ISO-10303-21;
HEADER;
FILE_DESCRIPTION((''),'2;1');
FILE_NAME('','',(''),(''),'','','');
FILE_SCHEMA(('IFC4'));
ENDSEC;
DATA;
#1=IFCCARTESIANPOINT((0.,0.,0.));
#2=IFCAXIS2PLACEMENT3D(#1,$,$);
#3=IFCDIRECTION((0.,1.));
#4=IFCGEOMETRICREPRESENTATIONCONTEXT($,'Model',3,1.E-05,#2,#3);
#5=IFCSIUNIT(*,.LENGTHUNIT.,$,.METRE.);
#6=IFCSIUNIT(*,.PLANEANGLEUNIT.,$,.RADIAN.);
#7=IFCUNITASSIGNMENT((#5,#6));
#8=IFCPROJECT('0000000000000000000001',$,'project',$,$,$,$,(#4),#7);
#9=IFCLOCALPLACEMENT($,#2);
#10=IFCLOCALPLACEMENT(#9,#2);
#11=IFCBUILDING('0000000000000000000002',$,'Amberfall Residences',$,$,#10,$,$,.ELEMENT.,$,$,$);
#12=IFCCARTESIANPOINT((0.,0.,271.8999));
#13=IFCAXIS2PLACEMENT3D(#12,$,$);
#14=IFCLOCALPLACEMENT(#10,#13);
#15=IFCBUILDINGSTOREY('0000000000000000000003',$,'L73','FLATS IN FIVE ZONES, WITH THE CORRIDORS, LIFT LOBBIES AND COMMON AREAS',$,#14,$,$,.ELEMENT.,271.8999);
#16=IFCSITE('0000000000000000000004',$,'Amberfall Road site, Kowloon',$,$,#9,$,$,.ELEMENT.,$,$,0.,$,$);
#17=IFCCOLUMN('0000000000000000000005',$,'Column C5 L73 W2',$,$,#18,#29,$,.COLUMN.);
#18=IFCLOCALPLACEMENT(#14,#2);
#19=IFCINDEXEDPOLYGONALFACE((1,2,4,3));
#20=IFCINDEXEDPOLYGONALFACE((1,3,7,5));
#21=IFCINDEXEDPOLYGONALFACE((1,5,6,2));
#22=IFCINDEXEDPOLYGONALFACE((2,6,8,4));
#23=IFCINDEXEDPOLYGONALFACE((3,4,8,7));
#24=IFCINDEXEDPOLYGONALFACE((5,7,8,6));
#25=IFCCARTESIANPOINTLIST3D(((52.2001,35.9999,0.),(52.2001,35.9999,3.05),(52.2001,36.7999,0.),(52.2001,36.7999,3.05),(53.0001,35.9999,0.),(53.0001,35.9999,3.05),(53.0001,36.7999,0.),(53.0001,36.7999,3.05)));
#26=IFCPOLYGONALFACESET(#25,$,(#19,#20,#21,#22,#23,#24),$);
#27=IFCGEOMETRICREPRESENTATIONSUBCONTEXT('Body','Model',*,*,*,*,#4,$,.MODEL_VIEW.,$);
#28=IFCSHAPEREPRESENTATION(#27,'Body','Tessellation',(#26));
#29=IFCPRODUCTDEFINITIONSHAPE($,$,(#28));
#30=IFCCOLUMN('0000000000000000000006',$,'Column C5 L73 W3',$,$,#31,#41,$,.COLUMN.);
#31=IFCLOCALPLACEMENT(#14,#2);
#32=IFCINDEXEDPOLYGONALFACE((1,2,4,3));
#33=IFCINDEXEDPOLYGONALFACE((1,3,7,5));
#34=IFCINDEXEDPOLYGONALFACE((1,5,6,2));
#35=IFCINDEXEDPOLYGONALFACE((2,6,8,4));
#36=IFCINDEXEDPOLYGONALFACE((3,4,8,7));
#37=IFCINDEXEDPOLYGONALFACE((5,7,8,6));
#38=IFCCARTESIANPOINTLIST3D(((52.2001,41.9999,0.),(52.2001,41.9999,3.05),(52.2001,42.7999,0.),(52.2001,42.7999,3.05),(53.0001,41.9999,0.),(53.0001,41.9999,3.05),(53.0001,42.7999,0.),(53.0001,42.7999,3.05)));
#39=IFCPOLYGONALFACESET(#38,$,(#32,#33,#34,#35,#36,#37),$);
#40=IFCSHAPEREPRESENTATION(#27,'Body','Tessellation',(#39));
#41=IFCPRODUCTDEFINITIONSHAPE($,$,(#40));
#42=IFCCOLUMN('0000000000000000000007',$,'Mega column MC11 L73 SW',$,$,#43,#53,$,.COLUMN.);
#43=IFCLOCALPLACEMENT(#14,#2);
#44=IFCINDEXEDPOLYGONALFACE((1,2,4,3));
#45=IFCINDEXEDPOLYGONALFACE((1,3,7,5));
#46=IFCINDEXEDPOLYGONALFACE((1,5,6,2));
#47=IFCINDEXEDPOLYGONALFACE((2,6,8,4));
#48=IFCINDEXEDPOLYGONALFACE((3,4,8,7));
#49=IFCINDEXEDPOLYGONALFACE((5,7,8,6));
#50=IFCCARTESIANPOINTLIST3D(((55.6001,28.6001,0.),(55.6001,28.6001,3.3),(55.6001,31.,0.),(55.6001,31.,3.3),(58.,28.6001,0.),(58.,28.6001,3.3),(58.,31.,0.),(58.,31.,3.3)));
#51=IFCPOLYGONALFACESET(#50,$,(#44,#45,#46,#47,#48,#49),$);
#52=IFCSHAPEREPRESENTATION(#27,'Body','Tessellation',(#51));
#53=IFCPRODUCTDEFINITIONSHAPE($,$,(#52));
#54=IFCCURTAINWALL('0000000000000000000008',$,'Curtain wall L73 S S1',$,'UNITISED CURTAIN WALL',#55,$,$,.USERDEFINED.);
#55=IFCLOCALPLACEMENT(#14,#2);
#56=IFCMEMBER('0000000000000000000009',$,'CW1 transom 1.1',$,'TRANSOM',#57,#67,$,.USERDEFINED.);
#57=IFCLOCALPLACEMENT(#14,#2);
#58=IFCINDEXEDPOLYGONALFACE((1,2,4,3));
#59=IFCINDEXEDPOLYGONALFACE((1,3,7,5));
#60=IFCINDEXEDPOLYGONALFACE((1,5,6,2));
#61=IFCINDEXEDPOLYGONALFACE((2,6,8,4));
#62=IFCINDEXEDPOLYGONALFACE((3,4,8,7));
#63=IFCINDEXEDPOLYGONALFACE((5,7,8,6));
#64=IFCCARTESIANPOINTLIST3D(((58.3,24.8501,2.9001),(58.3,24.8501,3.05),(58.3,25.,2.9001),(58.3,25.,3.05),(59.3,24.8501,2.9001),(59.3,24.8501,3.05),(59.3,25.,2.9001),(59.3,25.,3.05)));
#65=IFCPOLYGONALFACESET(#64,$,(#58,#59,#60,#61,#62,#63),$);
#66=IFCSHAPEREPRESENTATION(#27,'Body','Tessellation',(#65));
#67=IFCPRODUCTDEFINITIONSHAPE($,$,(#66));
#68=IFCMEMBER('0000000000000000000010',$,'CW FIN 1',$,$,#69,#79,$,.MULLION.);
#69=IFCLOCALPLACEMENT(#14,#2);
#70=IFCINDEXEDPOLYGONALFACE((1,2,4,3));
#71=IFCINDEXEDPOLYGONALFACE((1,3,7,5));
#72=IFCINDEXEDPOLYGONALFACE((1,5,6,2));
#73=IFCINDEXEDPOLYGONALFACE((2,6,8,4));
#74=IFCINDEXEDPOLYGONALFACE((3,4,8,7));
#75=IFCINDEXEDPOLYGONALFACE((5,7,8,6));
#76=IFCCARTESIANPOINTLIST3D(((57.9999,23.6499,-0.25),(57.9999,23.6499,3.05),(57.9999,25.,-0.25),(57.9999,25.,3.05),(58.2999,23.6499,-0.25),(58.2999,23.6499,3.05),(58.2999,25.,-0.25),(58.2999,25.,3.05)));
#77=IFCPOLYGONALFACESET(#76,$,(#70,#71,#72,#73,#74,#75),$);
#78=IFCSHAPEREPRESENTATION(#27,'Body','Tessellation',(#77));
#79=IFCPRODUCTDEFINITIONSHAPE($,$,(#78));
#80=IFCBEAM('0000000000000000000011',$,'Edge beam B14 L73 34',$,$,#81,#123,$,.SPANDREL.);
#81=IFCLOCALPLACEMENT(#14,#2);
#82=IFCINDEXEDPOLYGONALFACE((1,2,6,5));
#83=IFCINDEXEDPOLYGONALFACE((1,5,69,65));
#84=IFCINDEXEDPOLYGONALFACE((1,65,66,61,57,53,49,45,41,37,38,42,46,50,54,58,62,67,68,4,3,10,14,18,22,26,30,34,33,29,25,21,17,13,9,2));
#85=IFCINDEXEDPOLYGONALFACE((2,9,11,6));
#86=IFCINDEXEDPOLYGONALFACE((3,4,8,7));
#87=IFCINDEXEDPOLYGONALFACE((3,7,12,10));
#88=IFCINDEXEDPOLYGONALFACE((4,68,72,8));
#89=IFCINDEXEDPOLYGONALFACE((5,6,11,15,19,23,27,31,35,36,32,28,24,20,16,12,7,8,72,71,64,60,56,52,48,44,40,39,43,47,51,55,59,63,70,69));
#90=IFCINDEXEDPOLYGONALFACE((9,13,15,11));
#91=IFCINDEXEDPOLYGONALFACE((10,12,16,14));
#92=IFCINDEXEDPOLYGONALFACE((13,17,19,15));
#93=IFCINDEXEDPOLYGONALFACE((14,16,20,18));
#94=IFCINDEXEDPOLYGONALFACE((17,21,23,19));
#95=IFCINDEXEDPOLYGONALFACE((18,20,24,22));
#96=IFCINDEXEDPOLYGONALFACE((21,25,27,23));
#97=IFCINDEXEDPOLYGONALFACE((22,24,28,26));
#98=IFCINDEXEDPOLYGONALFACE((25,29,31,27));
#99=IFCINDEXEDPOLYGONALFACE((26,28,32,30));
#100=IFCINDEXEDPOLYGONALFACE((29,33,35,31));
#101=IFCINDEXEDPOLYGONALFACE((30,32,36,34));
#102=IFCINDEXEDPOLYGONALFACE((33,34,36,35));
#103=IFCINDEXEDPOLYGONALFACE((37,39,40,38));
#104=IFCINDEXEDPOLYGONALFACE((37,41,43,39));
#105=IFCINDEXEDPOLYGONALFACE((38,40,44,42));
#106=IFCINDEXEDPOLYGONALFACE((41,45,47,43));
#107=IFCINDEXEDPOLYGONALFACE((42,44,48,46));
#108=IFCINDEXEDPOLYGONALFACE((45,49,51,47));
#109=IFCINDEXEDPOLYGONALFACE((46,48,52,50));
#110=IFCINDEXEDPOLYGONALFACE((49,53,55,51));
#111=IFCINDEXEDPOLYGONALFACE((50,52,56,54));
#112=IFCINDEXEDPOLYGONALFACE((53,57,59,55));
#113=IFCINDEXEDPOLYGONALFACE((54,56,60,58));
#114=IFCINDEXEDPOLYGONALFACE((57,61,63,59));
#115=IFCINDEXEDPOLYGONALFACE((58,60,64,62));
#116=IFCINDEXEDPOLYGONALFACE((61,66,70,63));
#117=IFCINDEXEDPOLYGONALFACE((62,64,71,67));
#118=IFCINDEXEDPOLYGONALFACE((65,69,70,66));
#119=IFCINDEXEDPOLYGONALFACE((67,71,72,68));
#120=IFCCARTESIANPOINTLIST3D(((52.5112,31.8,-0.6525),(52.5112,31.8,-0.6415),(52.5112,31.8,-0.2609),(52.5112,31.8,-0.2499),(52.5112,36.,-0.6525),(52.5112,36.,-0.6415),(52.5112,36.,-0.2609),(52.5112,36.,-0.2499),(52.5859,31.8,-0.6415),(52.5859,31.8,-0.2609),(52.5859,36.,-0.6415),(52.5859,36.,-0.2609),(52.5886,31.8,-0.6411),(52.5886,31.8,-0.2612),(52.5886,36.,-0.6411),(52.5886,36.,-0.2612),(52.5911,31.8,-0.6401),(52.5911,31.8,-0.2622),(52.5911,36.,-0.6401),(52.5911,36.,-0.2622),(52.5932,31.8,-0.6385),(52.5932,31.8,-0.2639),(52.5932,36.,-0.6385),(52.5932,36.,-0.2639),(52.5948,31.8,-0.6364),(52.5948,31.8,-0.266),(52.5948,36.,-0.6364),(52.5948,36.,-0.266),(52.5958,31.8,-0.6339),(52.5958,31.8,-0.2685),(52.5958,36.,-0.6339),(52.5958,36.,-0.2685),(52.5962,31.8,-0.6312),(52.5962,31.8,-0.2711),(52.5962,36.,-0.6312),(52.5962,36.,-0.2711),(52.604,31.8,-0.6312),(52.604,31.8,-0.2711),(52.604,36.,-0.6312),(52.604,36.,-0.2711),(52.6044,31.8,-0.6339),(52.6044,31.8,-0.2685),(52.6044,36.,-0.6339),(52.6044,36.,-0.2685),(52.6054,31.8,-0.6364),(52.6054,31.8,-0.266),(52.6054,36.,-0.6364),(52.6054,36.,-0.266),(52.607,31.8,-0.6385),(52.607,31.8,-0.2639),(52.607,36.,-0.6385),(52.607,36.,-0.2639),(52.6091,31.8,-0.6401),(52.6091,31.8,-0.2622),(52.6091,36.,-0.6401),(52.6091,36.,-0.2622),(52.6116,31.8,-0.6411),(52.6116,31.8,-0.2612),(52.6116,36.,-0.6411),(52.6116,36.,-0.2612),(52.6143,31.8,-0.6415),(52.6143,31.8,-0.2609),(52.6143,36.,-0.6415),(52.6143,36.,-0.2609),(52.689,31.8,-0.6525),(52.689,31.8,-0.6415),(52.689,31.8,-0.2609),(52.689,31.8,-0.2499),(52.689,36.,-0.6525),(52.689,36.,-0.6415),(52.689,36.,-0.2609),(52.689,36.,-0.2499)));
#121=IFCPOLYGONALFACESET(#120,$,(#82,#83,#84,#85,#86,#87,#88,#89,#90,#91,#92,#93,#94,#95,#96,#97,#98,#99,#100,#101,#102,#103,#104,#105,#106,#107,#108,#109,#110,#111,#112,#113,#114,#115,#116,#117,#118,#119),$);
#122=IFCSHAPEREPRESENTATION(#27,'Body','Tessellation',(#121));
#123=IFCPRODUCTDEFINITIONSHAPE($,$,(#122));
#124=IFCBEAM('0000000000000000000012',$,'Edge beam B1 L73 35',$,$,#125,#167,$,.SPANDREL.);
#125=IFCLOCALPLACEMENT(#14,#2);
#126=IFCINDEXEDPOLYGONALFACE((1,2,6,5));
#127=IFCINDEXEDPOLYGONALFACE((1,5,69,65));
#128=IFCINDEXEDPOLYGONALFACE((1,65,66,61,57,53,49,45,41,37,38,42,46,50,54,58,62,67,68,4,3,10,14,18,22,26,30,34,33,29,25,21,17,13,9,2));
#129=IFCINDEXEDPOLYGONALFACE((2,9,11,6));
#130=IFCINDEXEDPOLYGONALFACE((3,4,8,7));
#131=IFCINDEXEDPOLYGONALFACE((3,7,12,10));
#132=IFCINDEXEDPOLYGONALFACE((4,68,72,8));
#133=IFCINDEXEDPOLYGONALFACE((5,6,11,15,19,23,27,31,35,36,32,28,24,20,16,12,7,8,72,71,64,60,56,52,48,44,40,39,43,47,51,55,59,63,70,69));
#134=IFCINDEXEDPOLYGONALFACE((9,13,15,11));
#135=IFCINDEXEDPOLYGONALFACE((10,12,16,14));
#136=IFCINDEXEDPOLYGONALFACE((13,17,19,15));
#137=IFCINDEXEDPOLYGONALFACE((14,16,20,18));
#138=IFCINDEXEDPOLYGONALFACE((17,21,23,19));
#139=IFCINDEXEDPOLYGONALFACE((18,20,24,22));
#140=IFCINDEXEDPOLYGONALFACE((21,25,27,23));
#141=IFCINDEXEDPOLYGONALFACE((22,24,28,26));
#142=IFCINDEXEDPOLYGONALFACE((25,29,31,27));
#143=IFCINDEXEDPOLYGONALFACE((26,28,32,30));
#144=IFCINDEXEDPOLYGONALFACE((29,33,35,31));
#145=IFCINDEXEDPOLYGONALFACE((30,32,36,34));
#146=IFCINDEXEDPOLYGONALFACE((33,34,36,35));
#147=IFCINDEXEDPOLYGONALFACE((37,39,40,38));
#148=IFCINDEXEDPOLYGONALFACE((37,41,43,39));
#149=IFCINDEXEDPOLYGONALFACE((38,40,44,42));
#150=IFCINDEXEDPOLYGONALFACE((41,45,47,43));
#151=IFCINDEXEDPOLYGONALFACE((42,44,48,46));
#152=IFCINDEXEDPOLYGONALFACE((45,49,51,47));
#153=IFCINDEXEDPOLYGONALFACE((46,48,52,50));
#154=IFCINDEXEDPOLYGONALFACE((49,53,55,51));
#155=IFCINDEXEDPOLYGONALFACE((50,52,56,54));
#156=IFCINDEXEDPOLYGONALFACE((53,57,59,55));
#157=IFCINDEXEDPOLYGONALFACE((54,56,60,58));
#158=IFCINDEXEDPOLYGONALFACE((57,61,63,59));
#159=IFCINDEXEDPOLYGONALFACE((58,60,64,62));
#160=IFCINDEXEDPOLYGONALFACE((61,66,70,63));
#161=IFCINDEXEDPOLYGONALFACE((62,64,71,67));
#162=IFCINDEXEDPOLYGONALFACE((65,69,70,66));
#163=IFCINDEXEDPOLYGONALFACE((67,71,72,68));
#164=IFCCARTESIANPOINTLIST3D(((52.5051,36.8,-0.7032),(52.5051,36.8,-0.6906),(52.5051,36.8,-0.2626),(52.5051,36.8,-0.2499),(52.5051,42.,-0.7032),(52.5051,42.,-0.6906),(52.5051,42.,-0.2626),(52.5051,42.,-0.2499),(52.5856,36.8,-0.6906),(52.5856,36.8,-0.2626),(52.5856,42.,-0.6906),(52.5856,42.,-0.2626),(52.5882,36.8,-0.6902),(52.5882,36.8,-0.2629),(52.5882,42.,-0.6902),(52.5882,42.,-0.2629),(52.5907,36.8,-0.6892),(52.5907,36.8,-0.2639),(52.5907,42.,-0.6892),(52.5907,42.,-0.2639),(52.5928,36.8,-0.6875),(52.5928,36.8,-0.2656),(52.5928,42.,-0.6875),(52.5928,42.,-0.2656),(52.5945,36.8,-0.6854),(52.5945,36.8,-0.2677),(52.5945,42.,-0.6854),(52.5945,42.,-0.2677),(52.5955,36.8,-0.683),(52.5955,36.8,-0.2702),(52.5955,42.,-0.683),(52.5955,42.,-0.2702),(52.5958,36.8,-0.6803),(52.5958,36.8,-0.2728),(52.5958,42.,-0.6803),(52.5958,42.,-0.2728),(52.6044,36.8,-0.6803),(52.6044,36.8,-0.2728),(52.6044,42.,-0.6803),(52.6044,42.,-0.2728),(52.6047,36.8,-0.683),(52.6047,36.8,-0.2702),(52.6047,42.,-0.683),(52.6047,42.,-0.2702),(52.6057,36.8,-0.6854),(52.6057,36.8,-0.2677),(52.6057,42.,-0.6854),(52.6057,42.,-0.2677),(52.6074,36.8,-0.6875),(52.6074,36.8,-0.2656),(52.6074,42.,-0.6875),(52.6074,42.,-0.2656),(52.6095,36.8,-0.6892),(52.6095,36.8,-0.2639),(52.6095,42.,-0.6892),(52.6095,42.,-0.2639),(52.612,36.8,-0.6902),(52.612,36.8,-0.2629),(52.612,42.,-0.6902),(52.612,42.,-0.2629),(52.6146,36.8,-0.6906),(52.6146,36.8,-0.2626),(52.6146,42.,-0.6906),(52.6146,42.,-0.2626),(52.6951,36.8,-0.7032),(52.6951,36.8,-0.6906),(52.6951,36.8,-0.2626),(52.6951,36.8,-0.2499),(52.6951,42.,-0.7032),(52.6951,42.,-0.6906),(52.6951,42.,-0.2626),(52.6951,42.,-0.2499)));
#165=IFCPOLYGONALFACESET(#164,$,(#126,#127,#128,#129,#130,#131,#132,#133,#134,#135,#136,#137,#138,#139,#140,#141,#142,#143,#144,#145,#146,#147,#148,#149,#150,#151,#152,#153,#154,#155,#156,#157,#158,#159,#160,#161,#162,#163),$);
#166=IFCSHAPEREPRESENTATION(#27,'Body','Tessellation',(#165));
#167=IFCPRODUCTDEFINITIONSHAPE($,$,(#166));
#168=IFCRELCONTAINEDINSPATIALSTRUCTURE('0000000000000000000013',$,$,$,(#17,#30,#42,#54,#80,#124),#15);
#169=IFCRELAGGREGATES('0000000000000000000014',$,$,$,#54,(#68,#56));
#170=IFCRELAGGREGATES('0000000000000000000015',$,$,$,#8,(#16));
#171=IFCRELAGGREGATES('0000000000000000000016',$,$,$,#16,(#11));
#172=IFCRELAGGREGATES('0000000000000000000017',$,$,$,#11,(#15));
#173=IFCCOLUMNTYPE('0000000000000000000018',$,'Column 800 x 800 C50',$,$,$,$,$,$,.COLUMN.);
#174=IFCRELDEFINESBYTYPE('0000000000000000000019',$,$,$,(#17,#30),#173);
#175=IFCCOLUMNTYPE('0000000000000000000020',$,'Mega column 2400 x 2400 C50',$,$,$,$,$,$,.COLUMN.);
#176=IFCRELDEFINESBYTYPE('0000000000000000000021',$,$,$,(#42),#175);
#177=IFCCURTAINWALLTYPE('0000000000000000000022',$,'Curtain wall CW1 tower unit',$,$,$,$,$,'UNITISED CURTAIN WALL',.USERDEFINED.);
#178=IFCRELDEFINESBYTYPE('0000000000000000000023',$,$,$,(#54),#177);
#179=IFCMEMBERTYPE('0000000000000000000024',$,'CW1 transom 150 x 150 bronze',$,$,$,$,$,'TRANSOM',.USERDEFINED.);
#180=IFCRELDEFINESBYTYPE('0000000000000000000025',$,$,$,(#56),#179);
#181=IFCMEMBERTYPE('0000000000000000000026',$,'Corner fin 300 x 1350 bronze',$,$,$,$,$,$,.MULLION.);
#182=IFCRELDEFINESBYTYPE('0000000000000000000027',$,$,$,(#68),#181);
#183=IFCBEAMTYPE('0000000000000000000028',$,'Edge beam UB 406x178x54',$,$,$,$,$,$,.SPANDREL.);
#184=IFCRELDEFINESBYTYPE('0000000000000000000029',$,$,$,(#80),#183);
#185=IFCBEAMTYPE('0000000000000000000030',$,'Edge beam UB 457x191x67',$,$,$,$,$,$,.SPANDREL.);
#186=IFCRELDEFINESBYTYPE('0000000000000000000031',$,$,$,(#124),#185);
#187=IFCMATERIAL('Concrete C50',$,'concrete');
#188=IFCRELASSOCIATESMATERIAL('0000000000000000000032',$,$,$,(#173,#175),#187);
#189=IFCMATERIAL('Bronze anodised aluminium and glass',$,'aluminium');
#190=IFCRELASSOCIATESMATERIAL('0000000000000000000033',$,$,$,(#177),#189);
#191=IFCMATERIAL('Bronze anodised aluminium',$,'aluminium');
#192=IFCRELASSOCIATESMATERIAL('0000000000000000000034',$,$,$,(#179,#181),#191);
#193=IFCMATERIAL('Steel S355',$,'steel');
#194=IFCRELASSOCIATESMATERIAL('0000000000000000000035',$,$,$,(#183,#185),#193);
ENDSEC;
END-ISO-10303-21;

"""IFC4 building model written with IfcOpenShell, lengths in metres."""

from ifc_helpers import new_model, si_unit, direction, frame, origin, origin_2d, place, context, subcontext, project, spatial, rectangle, i_section, extrude, material, material_profile, profile_set, type_object, element, aggregate, save


model = new_model("IFC4")

# Units and contexts
model_context = context("Model", 3, precision=1e-05, world=origin(), true_north=direction((0.0, 1.0)))
body_context = subcontext(model_context, "Body", "Model", "MODEL_VIEW")
ifc_project = project(units=[si_unit("LENGTHUNIT", "METRE"), si_unit("PLANEANGLEUNIT", "RADIAN")], contexts=[model_context])

# Site, building, storey
site_placement = place(None, origin())
site = spatial("IfcSite", under=ifc_project, at=site_placement, Name="Amberfall Road site, Kowloon", CompositionType="ELEMENT", RefElevation=0.0)
building_placement = place(site_placement, origin())
building = spatial("IfcBuilding", under=site, at=building_placement, Name="Amberfall Residences", CompositionType="ELEMENT")
storey_placement = place(building_placement, frame((0.0, 0.0, 271.8999)))
storey = spatial("IfcBuildingStorey", under=building, at=storey_placement, Name="L73", Description="FLATS IN FIVE ZONES, WITH THE CORRIDORS, LIFT LOBBIES AND COMMON AREAS", CompositionType="ELEMENT", Elevation=271.8999)

# Columns
ifc_material_1 = material(Name="Concrete C50", Category="concrete")
ifc_material_profile_1 = material_profile(ifc_material_1, rectangle(XDim=0.8, YDim=0.8, at=origin_2d()), Name="Column 800 x 800 C50")
ifc_profile_set_1 = profile_set([ifc_material_profile_1], Name="Concrete C50")
column_type_1 = type_object("IfcColumnType", Name="Column 800 x 800 C50", PredefinedType="COLUMN", material=ifc_profile_set_1)
for number, where, z_axis, x_axis, name in (
    (1, (52.6001, 36.3999, 0.0), (0.0, 0.0, 1.0), (1.0, 0.0, 0.0), "Column C5 L73 W2"),
    (2, (52.6001, 42.3999, 0.0), (0.0, 0.0, 1.0), (1.0, 0.0, 0.0), "Column C5 L73 W3"),
):
    element("IfcColumn", number, at=place(storey_placement, frame(where, z_axis=z_axis, x_axis=x_axis)), inside=storey, type_object=column_type_1, Name=name, PredefinedType="COLUMN", context=body_context, shape_type="SweptSolid", body=[
        extrude(rectangle(XDim=0.8, YDim=0.8, at=origin_2d()), origin(), (0.0, 0.0, 1.0), 3.05),
    ])
ifc_material_profile_2 = material_profile(ifc_material_1, rectangle(XDim=2.3999, YDim=2.3999, at=origin_2d()), Name="Mega column 2400 x 2400 C50")
ifc_profile_set_2 = profile_set([ifc_material_profile_2], Name="Concrete C50")
column_type_2 = type_object("IfcColumnType", Name="Mega column 2400 x 2400 C50", PredefinedType="COLUMN", material=ifc_profile_set_2)
column_placement = place(storey_placement, frame((56.8, 29.8, 0.0), z_axis=(0.0, 0.0, 1.0), x_axis=(1.0, 0.0, 0.0)))
element("IfcColumn", 3, at=column_placement, inside=storey, type_object=column_type_2, Name="Mega column MC11 L73 SW", PredefinedType="COLUMN", context=body_context, shape_type="SweptSolid", body=[
    extrude(rectangle(XDim=2.3999, YDim=2.3999, at=origin_2d()), origin(), (0.0, 0.0, 1.0), 3.3),
])

# Curtain wall, members
ifc_material_2 = material(Name="Bronze anodised aluminium and glass", Category="aluminium")
curtain_wall_type = type_object("IfcCurtainWallType", Name="Curtain wall CW1 tower unit", ElementType="UNITISED CURTAIN WALL", PredefinedType="USERDEFINED", material=ifc_material_2)
curtain_wall_placement = place(storey_placement, origin())
curtain_wall = element("IfcCurtainWall", 4, at=curtain_wall_placement, inside=storey, type_object=curtain_wall_type, Name="Curtain wall L73 S S1", ObjectType="UNITISED CURTAIN WALL", PredefinedType="USERDEFINED")
ifc_material_3 = material(Name="Bronze anodised aluminium", Category="aluminium")
ifc_material_profile_3 = material_profile(ifc_material_3, rectangle(XDim=0.1499, YDim=0.1499, at=origin_2d()), Name="CW1 transom 150 x 150 bronze")
ifc_profile_set_3 = profile_set([ifc_material_profile_3], Name="Bronze anodised aluminium")
member_type_1 = type_object("IfcMemberType", Name="CW1 transom 150 x 150 bronze", ElementType="TRANSOM", PredefinedType="USERDEFINED", material=ifc_profile_set_3)
member_1_placement = place(storey_placement, frame((58.3, 24.925, 2.9751), z_axis=(1.0, 0.0, 0.0), x_axis=(0.0, 1.0, 0.0)))
member_1 = element("IfcMember", 5, at=member_1_placement, type_object=member_type_1, Name="CW1 transom 1.1", ObjectType="TRANSOM", PredefinedType="USERDEFINED", context=body_context, shape_type="SweptSolid", body=[
    extrude(rectangle(XDim=0.1499, YDim=0.1499, at=origin_2d()), origin(), (0.0, 0.0, 1.0), 1.0),
])
ifc_material_profile_4 = material_profile(ifc_material_3, rectangle(XDim=1.3501, YDim=0.3, at=origin_2d()), Name="Corner fin 300 x 1350 bronze")
ifc_profile_set_4 = profile_set([ifc_material_profile_4], Name="Bronze anodised aluminium")
member_type_2 = type_object("IfcMemberType", Name="Corner fin 300 x 1350 bronze", PredefinedType="MULLION", material=ifc_profile_set_4)
member_2_placement = place(storey_placement, frame((58.1499, 24.325, -0.25), z_axis=(0.0, 0.0, 1.0), x_axis=(0.0, 1.0, 0.0)))
member_2 = element("IfcMember", 6, at=member_2_placement, type_object=member_type_2, Name="CW FIN 1", PredefinedType="MULLION", context=body_context, shape_type="SweptSolid", body=[
    extrude(rectangle(XDim=1.3501, YDim=0.3, at=origin_2d()), origin(), (0.0, 0.0, 1.0), 3.3),
])

# Beams
ifc_material_4 = material(Name="Steel S355", Category="steel")
ifc_material_profile_5 = material_profile(ifc_material_4, i_section(OverallWidth=0.1777, OverallDepth=0.4026, WebThickness=0.0078, FlangeThickness=0.011, FilletRadius=0.0103, at=origin_2d()), Name="UB 406x178x54")
ifc_profile_set_5 = profile_set([ifc_material_profile_5], Name="Steel S355")
beam_type_1 = type_object("IfcBeamType", Name="Edge beam UB 406x178x54", PredefinedType="SPANDREL", material=ifc_profile_set_5)
beam_1_placement = place(storey_placement, frame((52.6001, 31.8, -0.4512), z_axis=(0.0, 1.0, 0.0), x_axis=(-1.0, 0.0, 0.0)))
element("IfcBeam", 7, at=beam_1_placement, inside=storey, type_object=beam_type_1, Name="Edge beam B14 L73 34", PredefinedType="SPANDREL", context=body_context, shape_type="SweptSolid", body=[
    extrude(i_section(OverallWidth=0.1777, OverallDepth=0.4026, WebThickness=0.0078, FlangeThickness=0.011, FilletRadius=0.0103, at=origin_2d()), origin(), (0.0, 0.0, 1.0), 4.2),
])
ifc_material_profile_6 = material_profile(ifc_material_4, i_section(OverallWidth=0.1899, OverallDepth=0.4534, WebThickness=0.0085, FlangeThickness=0.0127, FilletRadius=0.0103, at=origin_2d()), Name="UB 457x191x67")
ifc_profile_set_6 = profile_set([ifc_material_profile_6], Name="Steel S355")
beam_type_2 = type_object("IfcBeamType", Name="Edge beam UB 457x191x67", PredefinedType="SPANDREL", material=ifc_profile_set_6)
beam_2_placement = place(storey_placement, frame((52.6001, 36.8, -0.4766), z_axis=(0.0, 1.0, 0.0), x_axis=(-1.0, 0.0, 0.0)))
element("IfcBeam", 8, at=beam_2_placement, inside=storey, type_object=beam_type_2, Name="Edge beam B1 L73 35", PredefinedType="SPANDREL", context=body_context, shape_type="SweptSolid", body=[
    extrude(i_section(OverallWidth=0.1899, OverallDepth=0.4534, WebThickness=0.0085, FlangeThickness=0.0127, FilletRadius=0.0103, at=origin_2d()), origin(), (0.0, 0.0, 1.0), 5.2),
])

aggregate(curtain_wall, [member_2, member_1])

save(model, "model.ifc")
